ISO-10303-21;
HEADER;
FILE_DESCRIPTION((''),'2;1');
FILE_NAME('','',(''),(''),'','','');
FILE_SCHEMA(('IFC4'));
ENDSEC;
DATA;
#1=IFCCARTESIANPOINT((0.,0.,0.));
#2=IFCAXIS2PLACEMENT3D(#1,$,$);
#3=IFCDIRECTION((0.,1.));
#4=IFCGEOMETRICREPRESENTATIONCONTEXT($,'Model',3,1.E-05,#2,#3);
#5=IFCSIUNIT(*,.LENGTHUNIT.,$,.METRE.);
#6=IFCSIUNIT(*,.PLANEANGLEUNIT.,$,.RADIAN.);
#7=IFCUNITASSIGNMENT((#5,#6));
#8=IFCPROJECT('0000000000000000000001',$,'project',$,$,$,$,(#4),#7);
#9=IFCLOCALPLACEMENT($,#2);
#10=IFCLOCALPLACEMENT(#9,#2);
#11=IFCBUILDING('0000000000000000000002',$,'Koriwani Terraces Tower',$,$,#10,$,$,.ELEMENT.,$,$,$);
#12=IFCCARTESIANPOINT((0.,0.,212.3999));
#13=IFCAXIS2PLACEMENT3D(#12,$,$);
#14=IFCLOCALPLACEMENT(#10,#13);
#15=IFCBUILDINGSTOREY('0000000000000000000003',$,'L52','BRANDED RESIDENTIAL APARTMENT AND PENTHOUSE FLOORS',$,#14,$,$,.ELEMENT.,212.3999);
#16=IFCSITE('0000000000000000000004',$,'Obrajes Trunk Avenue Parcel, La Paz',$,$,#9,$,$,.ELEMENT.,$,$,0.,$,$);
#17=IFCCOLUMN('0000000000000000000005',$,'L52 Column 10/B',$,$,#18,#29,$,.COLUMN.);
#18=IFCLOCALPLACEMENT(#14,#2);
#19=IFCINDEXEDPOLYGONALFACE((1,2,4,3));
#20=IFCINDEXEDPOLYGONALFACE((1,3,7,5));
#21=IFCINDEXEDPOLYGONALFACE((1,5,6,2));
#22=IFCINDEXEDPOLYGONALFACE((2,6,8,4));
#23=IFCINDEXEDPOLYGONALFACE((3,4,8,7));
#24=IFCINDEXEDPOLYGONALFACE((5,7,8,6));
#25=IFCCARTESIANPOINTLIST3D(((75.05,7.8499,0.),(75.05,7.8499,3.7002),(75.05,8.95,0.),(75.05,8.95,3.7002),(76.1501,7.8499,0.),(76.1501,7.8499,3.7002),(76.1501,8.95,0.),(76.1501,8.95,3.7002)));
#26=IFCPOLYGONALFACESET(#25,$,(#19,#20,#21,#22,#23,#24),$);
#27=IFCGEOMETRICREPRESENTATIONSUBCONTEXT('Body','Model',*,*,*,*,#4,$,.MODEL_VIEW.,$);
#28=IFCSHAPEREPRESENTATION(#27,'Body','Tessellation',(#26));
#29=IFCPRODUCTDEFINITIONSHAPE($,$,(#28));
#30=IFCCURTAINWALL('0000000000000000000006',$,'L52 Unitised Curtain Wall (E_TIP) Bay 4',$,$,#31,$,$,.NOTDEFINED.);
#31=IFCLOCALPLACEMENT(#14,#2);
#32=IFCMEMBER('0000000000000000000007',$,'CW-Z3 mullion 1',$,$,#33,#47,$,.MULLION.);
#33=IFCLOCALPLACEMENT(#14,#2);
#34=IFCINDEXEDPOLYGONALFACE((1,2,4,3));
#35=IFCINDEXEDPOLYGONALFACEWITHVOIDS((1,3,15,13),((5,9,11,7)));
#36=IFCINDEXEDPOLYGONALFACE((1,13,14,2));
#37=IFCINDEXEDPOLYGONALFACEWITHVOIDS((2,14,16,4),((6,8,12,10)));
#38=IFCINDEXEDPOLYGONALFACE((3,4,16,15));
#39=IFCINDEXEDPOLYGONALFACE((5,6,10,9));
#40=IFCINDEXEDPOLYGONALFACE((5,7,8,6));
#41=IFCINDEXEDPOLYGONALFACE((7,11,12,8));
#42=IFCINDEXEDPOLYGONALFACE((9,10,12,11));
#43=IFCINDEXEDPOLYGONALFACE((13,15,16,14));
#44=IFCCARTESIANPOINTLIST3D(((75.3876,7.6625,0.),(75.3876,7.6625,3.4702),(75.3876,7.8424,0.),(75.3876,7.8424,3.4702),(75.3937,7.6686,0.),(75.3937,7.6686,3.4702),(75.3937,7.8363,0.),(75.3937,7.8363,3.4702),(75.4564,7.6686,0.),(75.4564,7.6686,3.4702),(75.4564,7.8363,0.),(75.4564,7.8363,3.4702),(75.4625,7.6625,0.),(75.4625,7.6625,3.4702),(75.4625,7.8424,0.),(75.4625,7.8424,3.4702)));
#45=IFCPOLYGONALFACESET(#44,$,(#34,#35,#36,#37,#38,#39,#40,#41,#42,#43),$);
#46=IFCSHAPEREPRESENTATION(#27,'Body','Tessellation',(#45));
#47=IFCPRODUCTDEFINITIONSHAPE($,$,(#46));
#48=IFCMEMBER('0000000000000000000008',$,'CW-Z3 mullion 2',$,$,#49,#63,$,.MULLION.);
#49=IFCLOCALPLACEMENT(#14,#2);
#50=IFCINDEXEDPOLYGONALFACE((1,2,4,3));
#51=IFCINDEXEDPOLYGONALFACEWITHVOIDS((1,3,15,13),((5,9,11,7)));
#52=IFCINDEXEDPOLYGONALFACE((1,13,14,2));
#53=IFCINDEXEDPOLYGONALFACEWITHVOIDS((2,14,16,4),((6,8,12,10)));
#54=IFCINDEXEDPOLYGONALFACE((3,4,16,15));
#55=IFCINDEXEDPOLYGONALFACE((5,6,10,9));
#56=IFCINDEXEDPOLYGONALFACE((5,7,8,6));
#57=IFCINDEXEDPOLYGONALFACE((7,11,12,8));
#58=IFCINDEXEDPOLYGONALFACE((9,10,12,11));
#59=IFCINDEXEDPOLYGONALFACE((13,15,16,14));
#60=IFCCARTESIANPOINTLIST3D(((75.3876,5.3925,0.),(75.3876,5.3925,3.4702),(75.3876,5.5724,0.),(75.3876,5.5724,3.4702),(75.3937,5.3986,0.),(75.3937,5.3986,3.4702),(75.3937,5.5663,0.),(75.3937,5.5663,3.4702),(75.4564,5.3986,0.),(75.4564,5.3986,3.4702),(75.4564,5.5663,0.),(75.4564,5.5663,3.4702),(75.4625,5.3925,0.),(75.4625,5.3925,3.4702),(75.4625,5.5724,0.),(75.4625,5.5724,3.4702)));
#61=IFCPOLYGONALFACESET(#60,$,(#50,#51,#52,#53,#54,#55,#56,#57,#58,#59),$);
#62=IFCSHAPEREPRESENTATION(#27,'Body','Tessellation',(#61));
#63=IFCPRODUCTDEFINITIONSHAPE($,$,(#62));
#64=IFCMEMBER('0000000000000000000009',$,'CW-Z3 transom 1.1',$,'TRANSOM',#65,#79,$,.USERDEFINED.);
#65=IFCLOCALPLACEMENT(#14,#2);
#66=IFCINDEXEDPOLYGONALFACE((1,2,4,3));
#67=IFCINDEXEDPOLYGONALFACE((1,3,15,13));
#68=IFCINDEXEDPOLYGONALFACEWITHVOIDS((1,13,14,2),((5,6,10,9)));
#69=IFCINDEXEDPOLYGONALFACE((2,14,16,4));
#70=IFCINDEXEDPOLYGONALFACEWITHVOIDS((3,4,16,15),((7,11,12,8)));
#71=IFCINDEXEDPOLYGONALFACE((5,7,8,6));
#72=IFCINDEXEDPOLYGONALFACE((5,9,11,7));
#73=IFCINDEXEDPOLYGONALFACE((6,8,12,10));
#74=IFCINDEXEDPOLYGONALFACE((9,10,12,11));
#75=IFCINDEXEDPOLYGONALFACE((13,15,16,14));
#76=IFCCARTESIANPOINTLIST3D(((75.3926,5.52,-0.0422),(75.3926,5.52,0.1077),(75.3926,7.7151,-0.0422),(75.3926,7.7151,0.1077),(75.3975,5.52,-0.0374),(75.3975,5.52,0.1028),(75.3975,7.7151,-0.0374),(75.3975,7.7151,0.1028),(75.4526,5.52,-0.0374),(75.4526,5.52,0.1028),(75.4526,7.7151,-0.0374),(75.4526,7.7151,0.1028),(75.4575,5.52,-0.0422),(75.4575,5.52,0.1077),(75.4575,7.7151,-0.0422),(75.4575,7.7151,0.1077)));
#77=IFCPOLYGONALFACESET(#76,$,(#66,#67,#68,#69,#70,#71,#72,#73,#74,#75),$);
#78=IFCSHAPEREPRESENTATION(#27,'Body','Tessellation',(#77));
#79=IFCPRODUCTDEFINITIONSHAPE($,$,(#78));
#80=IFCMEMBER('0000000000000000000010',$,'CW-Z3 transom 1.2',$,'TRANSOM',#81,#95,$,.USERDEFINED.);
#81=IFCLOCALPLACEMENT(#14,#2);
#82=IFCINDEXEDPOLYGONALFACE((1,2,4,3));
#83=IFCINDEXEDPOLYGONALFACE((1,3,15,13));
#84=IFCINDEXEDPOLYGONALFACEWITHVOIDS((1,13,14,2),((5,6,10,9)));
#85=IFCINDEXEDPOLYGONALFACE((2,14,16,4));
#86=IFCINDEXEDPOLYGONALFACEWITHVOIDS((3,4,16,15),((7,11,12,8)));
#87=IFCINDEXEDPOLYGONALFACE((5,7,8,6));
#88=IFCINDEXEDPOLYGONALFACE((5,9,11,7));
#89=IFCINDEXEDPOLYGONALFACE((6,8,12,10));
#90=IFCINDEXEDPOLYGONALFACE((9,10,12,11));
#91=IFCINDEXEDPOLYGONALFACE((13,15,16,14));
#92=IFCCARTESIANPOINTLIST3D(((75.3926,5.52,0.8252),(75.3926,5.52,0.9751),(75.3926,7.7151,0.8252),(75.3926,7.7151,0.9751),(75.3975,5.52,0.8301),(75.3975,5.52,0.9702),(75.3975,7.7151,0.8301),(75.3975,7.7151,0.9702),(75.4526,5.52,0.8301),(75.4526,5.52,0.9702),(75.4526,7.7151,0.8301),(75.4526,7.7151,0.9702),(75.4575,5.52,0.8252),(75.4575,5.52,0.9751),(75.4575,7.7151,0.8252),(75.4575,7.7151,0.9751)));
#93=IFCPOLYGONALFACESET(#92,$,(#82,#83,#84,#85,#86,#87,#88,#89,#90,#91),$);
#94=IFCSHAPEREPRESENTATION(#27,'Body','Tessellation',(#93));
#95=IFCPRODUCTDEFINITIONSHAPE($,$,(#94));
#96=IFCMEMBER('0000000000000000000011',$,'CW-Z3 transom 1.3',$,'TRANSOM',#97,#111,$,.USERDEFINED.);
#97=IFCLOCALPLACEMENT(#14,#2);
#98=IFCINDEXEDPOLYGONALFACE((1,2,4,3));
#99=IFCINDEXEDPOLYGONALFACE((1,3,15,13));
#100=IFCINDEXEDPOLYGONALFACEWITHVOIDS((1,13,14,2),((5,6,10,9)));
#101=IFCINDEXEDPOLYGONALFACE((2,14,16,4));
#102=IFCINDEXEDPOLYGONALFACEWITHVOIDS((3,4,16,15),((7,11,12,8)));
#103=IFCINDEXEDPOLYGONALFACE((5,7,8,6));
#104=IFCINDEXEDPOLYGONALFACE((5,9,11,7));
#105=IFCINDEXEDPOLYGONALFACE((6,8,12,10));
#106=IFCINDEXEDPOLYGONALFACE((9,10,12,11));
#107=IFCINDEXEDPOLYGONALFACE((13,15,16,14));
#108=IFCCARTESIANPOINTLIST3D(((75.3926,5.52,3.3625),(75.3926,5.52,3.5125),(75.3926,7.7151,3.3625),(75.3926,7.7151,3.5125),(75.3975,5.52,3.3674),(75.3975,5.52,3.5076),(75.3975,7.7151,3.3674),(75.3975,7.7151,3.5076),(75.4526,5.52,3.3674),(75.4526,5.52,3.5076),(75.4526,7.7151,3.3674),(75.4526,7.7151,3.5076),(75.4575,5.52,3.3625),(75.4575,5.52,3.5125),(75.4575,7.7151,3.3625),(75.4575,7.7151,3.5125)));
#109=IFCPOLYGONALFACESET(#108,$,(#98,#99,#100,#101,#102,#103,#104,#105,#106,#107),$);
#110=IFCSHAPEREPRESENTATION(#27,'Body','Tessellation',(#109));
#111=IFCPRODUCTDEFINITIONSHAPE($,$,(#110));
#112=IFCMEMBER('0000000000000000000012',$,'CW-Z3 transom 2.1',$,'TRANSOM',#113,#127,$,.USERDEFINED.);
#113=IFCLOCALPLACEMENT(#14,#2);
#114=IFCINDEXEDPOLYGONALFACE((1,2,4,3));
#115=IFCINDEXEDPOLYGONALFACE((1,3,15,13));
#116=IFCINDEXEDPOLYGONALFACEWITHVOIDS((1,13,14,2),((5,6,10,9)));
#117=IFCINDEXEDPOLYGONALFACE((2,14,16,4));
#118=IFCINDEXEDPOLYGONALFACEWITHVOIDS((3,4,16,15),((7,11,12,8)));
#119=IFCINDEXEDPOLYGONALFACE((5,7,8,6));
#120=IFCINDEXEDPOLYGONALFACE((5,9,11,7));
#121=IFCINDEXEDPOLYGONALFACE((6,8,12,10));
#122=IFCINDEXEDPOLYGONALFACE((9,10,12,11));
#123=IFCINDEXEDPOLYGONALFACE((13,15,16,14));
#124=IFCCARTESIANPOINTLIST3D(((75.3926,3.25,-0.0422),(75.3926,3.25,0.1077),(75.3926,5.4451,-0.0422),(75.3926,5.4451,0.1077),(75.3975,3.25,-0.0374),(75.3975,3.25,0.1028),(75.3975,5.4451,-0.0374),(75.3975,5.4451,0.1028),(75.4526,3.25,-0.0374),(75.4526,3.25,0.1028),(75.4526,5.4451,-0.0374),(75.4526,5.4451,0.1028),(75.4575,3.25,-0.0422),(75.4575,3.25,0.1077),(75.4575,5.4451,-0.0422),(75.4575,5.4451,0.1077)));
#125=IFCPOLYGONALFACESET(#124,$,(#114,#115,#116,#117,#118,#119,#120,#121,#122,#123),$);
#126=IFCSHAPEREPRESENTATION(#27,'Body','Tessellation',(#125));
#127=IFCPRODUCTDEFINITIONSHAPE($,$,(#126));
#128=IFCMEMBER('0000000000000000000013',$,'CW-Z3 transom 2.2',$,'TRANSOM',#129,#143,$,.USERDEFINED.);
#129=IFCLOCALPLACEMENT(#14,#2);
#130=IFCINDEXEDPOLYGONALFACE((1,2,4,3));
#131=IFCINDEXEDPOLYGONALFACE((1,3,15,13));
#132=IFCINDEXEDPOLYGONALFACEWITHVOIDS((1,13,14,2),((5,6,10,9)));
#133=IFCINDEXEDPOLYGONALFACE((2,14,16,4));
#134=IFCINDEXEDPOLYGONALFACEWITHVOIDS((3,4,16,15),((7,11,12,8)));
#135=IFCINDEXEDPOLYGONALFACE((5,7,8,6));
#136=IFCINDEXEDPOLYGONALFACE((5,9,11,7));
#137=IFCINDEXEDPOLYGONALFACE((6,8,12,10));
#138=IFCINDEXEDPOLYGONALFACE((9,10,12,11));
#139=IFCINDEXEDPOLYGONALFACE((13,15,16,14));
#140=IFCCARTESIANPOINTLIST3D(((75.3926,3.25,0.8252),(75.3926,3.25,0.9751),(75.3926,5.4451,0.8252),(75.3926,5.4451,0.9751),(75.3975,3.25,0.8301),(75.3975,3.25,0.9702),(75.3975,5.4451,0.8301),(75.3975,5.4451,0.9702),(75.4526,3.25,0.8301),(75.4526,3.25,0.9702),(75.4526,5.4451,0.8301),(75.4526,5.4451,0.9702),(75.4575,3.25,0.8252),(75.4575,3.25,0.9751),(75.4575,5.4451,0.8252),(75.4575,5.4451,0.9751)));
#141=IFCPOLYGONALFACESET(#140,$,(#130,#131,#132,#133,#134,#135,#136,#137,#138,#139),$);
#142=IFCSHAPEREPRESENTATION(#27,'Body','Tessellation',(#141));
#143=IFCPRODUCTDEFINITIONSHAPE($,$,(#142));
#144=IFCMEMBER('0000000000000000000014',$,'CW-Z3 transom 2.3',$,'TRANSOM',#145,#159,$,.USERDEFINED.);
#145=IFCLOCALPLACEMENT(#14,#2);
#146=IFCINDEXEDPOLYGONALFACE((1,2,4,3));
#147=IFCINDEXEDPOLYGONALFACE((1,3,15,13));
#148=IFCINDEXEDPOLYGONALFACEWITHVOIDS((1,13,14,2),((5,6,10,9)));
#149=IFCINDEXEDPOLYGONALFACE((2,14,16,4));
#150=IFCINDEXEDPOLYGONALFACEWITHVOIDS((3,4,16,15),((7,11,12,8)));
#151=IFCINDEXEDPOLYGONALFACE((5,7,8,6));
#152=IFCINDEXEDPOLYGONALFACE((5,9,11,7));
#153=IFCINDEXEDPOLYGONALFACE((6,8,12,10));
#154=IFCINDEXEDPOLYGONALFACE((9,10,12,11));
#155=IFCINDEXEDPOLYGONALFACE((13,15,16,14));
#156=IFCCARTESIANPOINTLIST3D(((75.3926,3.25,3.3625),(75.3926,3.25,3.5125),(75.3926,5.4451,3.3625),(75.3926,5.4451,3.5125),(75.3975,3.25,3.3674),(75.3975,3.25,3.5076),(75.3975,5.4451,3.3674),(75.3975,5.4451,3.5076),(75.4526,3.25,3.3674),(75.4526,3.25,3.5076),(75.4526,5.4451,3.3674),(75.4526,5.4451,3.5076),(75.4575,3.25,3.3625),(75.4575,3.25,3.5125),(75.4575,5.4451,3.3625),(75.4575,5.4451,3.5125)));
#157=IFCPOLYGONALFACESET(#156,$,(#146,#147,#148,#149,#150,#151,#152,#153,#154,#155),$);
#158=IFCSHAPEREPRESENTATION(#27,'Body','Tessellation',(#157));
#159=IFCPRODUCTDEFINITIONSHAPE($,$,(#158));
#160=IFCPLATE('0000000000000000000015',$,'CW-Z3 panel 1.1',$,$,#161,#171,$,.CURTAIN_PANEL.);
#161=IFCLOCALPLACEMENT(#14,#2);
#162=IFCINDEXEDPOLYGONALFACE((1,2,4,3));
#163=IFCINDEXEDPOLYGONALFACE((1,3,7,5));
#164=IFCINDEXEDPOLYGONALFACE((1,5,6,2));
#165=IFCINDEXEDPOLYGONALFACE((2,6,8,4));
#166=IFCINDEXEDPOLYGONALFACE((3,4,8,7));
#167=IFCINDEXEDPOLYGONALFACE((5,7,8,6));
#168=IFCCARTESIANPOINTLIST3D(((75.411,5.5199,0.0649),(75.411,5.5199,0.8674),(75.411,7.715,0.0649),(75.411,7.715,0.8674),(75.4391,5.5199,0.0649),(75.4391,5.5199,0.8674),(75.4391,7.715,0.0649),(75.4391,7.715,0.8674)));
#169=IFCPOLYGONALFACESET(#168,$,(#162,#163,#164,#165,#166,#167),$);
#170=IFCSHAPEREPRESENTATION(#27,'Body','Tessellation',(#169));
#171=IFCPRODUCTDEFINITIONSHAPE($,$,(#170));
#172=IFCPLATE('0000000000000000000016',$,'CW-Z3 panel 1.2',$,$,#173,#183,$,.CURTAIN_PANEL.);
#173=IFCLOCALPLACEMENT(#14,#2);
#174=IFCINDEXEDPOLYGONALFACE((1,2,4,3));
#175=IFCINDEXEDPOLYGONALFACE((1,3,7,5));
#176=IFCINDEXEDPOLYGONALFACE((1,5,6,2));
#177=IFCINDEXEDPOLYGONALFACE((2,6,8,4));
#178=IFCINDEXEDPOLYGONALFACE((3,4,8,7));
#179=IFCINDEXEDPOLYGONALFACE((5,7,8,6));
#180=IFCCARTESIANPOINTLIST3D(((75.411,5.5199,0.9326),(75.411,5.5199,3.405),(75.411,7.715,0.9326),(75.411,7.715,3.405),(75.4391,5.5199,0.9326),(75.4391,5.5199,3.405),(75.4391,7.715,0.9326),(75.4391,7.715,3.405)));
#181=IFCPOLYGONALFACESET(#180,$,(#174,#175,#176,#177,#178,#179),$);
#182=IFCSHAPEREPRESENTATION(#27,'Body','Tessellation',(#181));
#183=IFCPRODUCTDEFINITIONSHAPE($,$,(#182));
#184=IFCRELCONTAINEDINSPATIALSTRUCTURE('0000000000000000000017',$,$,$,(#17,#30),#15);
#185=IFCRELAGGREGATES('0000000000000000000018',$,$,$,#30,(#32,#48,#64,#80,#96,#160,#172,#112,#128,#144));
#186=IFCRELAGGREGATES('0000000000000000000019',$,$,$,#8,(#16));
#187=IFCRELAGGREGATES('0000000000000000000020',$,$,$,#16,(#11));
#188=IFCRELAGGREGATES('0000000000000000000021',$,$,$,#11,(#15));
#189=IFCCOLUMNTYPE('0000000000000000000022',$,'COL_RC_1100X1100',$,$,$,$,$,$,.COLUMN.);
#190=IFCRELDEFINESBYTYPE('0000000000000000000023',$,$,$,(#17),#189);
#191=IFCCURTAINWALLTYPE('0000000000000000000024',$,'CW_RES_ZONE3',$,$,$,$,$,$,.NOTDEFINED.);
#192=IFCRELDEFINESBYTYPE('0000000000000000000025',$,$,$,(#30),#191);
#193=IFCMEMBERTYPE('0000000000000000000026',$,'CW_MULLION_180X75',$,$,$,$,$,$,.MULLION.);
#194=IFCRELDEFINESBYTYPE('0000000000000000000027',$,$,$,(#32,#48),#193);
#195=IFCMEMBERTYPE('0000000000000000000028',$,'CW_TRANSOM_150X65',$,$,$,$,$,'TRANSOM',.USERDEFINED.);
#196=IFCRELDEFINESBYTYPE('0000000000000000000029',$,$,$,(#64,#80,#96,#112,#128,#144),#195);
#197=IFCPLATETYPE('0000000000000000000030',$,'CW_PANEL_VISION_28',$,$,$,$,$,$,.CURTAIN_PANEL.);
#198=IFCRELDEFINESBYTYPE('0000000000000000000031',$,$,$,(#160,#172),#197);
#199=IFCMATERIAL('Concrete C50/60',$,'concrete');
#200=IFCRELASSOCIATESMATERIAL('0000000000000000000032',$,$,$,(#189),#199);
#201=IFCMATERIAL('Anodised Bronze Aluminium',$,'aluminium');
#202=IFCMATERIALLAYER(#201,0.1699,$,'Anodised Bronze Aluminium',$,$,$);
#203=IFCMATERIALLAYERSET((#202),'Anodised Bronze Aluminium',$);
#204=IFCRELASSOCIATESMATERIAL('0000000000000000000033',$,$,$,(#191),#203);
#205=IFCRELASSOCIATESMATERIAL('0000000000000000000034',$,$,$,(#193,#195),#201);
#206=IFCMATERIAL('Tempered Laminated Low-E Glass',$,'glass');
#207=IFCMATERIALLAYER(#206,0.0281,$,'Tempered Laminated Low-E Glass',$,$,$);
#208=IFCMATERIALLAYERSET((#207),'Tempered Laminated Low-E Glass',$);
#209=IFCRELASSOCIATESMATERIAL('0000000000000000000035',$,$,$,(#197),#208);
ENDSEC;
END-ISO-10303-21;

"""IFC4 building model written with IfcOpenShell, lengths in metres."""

from ifc_helpers import new_model, si_unit, direction, frame, origin, origin_2d, place, context, subcontext, project, spatial, rectangle, hollow_rectangle, extrude, material, layer, layer_set, material_profile, profile_set, type_object, element, aggregate, save


model = new_model("IFC4")

# Units and contexts
model_context = context("Model", 3, precision=1e-05, world=origin(), true_north=direction((0.0, 1.0)))
body_context = subcontext(model_context, "Body", "Model", "MODEL_VIEW")
ifc_project = project(units=[si_unit("LENGTHUNIT", "METRE"), si_unit("PLANEANGLEUNIT", "RADIAN")], contexts=[model_context])

# Site, building, storey
site_placement = place(None, origin())
site = spatial("IfcSite", under=ifc_project, at=site_placement, Name="Obrajes Trunk Avenue Parcel, La Paz", CompositionType="ELEMENT", RefElevation=0.0)
building_placement = place(site_placement, origin())
building = spatial("IfcBuilding", under=site, at=building_placement, Name="Koriwani Terraces Tower", CompositionType="ELEMENT")
storey_placement = place(building_placement, frame((0.0, 0.0, 212.3999)))
storey = spatial("IfcBuildingStorey", under=building, at=storey_placement, Name="L52", Description="BRANDED RESIDENTIAL APARTMENT AND PENTHOUSE FLOORS", CompositionType="ELEMENT", Elevation=212.3999)

# Column
ifc_material_1 = material(Name="Concrete C50/60", Category="concrete")
ifc_material_profile_1 = material_profile(ifc_material_1, rectangle(XDim=1.1001, YDim=1.1001, at=origin_2d()), Name="Concrete C50/60", Category="LoadBearing")
ifc_profile_set_1 = profile_set([ifc_material_profile_1], Name="Concrete C50/60")
column_type = type_object("IfcColumnType", Name="COL_RC_1100X1100", PredefinedType="COLUMN", material=ifc_profile_set_1)
column_placement = place(storey_placement, frame((75.6001, 8.3999, 0.0), z_axis=(0.0, 0.0, 1.0), x_axis=(1.0, 0.0, 0.0)))
element("IfcColumn", 1, at=column_placement, inside=storey, type_object=column_type, Name="L52 Column 10/B", PredefinedType="COLUMN", context=body_context, shape_type="SweptSolid", body=[
    extrude(rectangle(XDim=1.1001, YDim=1.1001, at=origin_2d()), origin(), (0.0, 0.0, 1.0), 3.7002),
])

# Curtain wall, members, plates
ifc_material_2 = material(Name="Anodised Bronze Aluminium", Category="aluminium")
ifc_layer_1 = layer(ifc_material_2, 0.1699, Name="Anodised Bronze Aluminium")
ifc_layer_set_1 = layer_set([ifc_layer_1], Name="Anodised Bronze Aluminium")
curtain_wall_type = type_object("IfcCurtainWallType", Name="CW_RES_ZONE3", PredefinedType="NOTDEFINED", material=ifc_layer_set_1)
curtain_wall_placement = place(storey_placement, origin())
curtain_wall = element("IfcCurtainWall", 2, at=curtain_wall_placement, inside=storey, type_object=curtain_wall_type, Name="L52 Unitised Curtain Wall (E_TIP) Bay 4", PredefinedType="NOTDEFINED")
ifc_material_profile_2 = material_profile(ifc_material_2, hollow_rectangle(XDim=0.075, YDim=0.1799, WallThickness=0.0061, at=origin_2d()), Name="Anodised Bronze Aluminium", Category="LoadBearing")
ifc_profile_set_2 = profile_set([ifc_material_profile_2], Name="Anodised Bronze Aluminium")
member_type_1 = type_object("IfcMemberType", Name="CW_MULLION_180X75", PredefinedType="MULLION", material=ifc_profile_set_2)
member_1_placement = place(storey_placement, frame((75.425, 7.7524, 0.0), z_axis=(0.0, 0.0, 1.0), x_axis=(1.0, 0.0, 0.0)))
member_1 = element("IfcMember", 3, at=member_1_placement, type_object=member_type_1, Name="CW-Z3 mullion 1", PredefinedType="MULLION", context=body_context, shape_type="SweptSolid", body=[
    extrude(hollow_rectangle(XDim=0.075, YDim=0.1799, WallThickness=0.0061, at=origin_2d()), origin(), (0.0, 0.0, 1.0), 3.4702),
])
member_2_placement = place(storey_placement, frame((75.425, 5.4824, 0.0), z_axis=(0.0, 0.0, 1.0), x_axis=(1.0, 0.0, 0.0)))
member_2 = element("IfcMember", 4, at=member_2_placement, type_object=member_type_1, Name="CW-Z3 mullion 2", PredefinedType="MULLION", context=body_context, shape_type="SweptSolid", body=[
    extrude(hollow_rectangle(XDim=0.075, YDim=0.1799, WallThickness=0.0061, at=origin_2d()), origin(), (0.0, 0.0, 1.0), 3.4702),
])
ifc_material_profile_3 = material_profile(ifc_material_2, hollow_rectangle(XDim=0.0649, YDim=0.1499, WallThickness=0.0049, at=origin_2d()), Name="Anodised Bronze Aluminium", Category="LoadBearing")
ifc_profile_set_3 = profile_set([ifc_material_profile_3], Name="Anodised Bronze Aluminium")
member_type_2 = type_object("IfcMemberType", Name="CW_TRANSOM_150X65", ElementType="TRANSOM", PredefinedType="USERDEFINED", material=ifc_profile_set_3)
member_3_placement = place(storey_placement, frame((75.425, 7.7151, 0.0327), z_axis=(0.0, -1.0, 0.0), x_axis=(1.0, 0.0, 0.0)))
member_3 = element("IfcMember", 5, at=member_3_placement, type_object=member_type_2, Name="CW-Z3 transom 1.1", ObjectType="TRANSOM", PredefinedType="USERDEFINED", context=body_context, shape_type="SweptSolid", body=[
    extrude(hollow_rectangle(XDim=0.0649, YDim=0.1499, WallThickness=0.0049, at=origin_2d()), origin(), (0.0, 0.0, 1.0), 2.1951),
])
member_4_placement = place(storey_placement, frame((75.425, 7.7151, 0.9001), z_axis=(0.0, -1.0, 0.0), x_axis=(1.0, 0.0, 0.0)))
member_4 = element("IfcMember", 6, at=member_4_placement, type_object=member_type_2, Name="CW-Z3 transom 1.2", ObjectType="TRANSOM", PredefinedType="USERDEFINED", context=body_context, shape_type="SweptSolid", body=[
    extrude(hollow_rectangle(XDim=0.0649, YDim=0.1499, WallThickness=0.0049, at=origin_2d()), origin(), (0.0, 0.0, 1.0), 2.1951),
])
member_5_placement = place(storey_placement, frame((75.425, 7.7151, 3.4375), z_axis=(0.0, -1.0, 0.0), x_axis=(1.0, 0.0, 0.0)))
member_5 = element("IfcMember", 7, at=member_5_placement, type_object=member_type_2, Name="CW-Z3 transom 1.3", ObjectType="TRANSOM", PredefinedType="USERDEFINED", context=body_context, shape_type="SweptSolid", body=[
    extrude(hollow_rectangle(XDim=0.0649, YDim=0.1499, WallThickness=0.0049, at=origin_2d()), origin(), (0.0, 0.0, 1.0), 2.1951),
])
member_6_placement = place(storey_placement, frame((75.425, 5.4451, 0.0327), z_axis=(0.0, -1.0, 0.0), x_axis=(1.0, 0.0, 0.0)))
member_6 = element("IfcMember", 8, at=member_6_placement, type_object=member_type_2, Name="CW-Z3 transom 2.1", ObjectType="TRANSOM", PredefinedType="USERDEFINED", context=body_context, shape_type="SweptSolid", body=[
    extrude(hollow_rectangle(XDim=0.0649, YDim=0.1499, WallThickness=0.0049, at=origin_2d()), origin(), (0.0, 0.0, 1.0), 2.1951),
])
member_7_placement = place(storey_placement, frame((75.425, 5.4451, 0.9001), z_axis=(0.0, -1.0, 0.0), x_axis=(1.0, 0.0, 0.0)))
member_7 = element("IfcMember", 9, at=member_7_placement, type_object=member_type_2, Name="CW-Z3 transom 2.2", ObjectType="TRANSOM", PredefinedType="USERDEFINED", context=body_context, shape_type="SweptSolid", body=[
    extrude(hollow_rectangle(XDim=0.0649, YDim=0.1499, WallThickness=0.0049, at=origin_2d()), origin(), (0.0, 0.0, 1.0), 2.1951),
])
member_8_placement = place(storey_placement, frame((75.425, 5.4451, 3.4375), z_axis=(0.0, -1.0, 0.0), x_axis=(1.0, 0.0, 0.0)))
member_8 = element("IfcMember", 10, at=member_8_placement, type_object=member_type_2, Name="CW-Z3 transom 2.3", ObjectType="TRANSOM", PredefinedType="USERDEFINED", context=body_context, shape_type="SweptSolid", body=[
    extrude(hollow_rectangle(XDim=0.0649, YDim=0.1499, WallThickness=0.0049, at=origin_2d()), origin(), (0.0, 0.0, 1.0), 2.1951),
])
ifc_material_3 = material(Name="Tempered Laminated Low-E Glass", Category="glass")
ifc_layer_2 = layer(ifc_material_3, 0.0281, Name="Tempered Laminated Low-E Glass")
ifc_layer_set_2 = layer_set([ifc_layer_2], Name="Tempered Laminated Low-E Glass")
plate_type = type_object("IfcPlateType", Name="CW_PANEL_VISION_28", PredefinedType="CURTAIN_PANEL", material=ifc_layer_set_2)
plate_1_placement = place(storey_placement, frame((75.425, 6.6174, 0.0649), z_axis=(0.0, 0.0, 1.0), x_axis=(0.0, -1.0, 0.0)))
plate_1 = element("IfcPlate", 11, at=plate_1_placement, type_object=plate_type, Name="CW-Z3 panel 1.1", PredefinedType="CURTAIN_PANEL", context=body_context, shape_type="SweptSolid", body=[
    extrude(rectangle(XDim=2.1951, YDim=0.0281, at=origin_2d()), origin(), (0.0, 0.0, 1.0), 0.8025),
])
plate_2_placement = place(storey_placement, frame((75.425, 6.6174, 0.9326), z_axis=(0.0, 0.0, 1.0), x_axis=(0.0, -1.0, 0.0)))
plate_2 = element("IfcPlate", 12, at=plate_2_placement, type_object=plate_type, Name="CW-Z3 panel 1.2", PredefinedType="CURTAIN_PANEL", context=body_context, shape_type="SweptSolid", body=[
    extrude(rectangle(XDim=2.1951, YDim=0.0281, at=origin_2d()), origin(), (0.0, 0.0, 1.0), 2.4724),
])
aggregate(curtain_wall, [member_1, member_2, member_3, member_4, member_5, plate_1, plate_2, member_6, member_7, member_8])

save(model, "model.ifc")
